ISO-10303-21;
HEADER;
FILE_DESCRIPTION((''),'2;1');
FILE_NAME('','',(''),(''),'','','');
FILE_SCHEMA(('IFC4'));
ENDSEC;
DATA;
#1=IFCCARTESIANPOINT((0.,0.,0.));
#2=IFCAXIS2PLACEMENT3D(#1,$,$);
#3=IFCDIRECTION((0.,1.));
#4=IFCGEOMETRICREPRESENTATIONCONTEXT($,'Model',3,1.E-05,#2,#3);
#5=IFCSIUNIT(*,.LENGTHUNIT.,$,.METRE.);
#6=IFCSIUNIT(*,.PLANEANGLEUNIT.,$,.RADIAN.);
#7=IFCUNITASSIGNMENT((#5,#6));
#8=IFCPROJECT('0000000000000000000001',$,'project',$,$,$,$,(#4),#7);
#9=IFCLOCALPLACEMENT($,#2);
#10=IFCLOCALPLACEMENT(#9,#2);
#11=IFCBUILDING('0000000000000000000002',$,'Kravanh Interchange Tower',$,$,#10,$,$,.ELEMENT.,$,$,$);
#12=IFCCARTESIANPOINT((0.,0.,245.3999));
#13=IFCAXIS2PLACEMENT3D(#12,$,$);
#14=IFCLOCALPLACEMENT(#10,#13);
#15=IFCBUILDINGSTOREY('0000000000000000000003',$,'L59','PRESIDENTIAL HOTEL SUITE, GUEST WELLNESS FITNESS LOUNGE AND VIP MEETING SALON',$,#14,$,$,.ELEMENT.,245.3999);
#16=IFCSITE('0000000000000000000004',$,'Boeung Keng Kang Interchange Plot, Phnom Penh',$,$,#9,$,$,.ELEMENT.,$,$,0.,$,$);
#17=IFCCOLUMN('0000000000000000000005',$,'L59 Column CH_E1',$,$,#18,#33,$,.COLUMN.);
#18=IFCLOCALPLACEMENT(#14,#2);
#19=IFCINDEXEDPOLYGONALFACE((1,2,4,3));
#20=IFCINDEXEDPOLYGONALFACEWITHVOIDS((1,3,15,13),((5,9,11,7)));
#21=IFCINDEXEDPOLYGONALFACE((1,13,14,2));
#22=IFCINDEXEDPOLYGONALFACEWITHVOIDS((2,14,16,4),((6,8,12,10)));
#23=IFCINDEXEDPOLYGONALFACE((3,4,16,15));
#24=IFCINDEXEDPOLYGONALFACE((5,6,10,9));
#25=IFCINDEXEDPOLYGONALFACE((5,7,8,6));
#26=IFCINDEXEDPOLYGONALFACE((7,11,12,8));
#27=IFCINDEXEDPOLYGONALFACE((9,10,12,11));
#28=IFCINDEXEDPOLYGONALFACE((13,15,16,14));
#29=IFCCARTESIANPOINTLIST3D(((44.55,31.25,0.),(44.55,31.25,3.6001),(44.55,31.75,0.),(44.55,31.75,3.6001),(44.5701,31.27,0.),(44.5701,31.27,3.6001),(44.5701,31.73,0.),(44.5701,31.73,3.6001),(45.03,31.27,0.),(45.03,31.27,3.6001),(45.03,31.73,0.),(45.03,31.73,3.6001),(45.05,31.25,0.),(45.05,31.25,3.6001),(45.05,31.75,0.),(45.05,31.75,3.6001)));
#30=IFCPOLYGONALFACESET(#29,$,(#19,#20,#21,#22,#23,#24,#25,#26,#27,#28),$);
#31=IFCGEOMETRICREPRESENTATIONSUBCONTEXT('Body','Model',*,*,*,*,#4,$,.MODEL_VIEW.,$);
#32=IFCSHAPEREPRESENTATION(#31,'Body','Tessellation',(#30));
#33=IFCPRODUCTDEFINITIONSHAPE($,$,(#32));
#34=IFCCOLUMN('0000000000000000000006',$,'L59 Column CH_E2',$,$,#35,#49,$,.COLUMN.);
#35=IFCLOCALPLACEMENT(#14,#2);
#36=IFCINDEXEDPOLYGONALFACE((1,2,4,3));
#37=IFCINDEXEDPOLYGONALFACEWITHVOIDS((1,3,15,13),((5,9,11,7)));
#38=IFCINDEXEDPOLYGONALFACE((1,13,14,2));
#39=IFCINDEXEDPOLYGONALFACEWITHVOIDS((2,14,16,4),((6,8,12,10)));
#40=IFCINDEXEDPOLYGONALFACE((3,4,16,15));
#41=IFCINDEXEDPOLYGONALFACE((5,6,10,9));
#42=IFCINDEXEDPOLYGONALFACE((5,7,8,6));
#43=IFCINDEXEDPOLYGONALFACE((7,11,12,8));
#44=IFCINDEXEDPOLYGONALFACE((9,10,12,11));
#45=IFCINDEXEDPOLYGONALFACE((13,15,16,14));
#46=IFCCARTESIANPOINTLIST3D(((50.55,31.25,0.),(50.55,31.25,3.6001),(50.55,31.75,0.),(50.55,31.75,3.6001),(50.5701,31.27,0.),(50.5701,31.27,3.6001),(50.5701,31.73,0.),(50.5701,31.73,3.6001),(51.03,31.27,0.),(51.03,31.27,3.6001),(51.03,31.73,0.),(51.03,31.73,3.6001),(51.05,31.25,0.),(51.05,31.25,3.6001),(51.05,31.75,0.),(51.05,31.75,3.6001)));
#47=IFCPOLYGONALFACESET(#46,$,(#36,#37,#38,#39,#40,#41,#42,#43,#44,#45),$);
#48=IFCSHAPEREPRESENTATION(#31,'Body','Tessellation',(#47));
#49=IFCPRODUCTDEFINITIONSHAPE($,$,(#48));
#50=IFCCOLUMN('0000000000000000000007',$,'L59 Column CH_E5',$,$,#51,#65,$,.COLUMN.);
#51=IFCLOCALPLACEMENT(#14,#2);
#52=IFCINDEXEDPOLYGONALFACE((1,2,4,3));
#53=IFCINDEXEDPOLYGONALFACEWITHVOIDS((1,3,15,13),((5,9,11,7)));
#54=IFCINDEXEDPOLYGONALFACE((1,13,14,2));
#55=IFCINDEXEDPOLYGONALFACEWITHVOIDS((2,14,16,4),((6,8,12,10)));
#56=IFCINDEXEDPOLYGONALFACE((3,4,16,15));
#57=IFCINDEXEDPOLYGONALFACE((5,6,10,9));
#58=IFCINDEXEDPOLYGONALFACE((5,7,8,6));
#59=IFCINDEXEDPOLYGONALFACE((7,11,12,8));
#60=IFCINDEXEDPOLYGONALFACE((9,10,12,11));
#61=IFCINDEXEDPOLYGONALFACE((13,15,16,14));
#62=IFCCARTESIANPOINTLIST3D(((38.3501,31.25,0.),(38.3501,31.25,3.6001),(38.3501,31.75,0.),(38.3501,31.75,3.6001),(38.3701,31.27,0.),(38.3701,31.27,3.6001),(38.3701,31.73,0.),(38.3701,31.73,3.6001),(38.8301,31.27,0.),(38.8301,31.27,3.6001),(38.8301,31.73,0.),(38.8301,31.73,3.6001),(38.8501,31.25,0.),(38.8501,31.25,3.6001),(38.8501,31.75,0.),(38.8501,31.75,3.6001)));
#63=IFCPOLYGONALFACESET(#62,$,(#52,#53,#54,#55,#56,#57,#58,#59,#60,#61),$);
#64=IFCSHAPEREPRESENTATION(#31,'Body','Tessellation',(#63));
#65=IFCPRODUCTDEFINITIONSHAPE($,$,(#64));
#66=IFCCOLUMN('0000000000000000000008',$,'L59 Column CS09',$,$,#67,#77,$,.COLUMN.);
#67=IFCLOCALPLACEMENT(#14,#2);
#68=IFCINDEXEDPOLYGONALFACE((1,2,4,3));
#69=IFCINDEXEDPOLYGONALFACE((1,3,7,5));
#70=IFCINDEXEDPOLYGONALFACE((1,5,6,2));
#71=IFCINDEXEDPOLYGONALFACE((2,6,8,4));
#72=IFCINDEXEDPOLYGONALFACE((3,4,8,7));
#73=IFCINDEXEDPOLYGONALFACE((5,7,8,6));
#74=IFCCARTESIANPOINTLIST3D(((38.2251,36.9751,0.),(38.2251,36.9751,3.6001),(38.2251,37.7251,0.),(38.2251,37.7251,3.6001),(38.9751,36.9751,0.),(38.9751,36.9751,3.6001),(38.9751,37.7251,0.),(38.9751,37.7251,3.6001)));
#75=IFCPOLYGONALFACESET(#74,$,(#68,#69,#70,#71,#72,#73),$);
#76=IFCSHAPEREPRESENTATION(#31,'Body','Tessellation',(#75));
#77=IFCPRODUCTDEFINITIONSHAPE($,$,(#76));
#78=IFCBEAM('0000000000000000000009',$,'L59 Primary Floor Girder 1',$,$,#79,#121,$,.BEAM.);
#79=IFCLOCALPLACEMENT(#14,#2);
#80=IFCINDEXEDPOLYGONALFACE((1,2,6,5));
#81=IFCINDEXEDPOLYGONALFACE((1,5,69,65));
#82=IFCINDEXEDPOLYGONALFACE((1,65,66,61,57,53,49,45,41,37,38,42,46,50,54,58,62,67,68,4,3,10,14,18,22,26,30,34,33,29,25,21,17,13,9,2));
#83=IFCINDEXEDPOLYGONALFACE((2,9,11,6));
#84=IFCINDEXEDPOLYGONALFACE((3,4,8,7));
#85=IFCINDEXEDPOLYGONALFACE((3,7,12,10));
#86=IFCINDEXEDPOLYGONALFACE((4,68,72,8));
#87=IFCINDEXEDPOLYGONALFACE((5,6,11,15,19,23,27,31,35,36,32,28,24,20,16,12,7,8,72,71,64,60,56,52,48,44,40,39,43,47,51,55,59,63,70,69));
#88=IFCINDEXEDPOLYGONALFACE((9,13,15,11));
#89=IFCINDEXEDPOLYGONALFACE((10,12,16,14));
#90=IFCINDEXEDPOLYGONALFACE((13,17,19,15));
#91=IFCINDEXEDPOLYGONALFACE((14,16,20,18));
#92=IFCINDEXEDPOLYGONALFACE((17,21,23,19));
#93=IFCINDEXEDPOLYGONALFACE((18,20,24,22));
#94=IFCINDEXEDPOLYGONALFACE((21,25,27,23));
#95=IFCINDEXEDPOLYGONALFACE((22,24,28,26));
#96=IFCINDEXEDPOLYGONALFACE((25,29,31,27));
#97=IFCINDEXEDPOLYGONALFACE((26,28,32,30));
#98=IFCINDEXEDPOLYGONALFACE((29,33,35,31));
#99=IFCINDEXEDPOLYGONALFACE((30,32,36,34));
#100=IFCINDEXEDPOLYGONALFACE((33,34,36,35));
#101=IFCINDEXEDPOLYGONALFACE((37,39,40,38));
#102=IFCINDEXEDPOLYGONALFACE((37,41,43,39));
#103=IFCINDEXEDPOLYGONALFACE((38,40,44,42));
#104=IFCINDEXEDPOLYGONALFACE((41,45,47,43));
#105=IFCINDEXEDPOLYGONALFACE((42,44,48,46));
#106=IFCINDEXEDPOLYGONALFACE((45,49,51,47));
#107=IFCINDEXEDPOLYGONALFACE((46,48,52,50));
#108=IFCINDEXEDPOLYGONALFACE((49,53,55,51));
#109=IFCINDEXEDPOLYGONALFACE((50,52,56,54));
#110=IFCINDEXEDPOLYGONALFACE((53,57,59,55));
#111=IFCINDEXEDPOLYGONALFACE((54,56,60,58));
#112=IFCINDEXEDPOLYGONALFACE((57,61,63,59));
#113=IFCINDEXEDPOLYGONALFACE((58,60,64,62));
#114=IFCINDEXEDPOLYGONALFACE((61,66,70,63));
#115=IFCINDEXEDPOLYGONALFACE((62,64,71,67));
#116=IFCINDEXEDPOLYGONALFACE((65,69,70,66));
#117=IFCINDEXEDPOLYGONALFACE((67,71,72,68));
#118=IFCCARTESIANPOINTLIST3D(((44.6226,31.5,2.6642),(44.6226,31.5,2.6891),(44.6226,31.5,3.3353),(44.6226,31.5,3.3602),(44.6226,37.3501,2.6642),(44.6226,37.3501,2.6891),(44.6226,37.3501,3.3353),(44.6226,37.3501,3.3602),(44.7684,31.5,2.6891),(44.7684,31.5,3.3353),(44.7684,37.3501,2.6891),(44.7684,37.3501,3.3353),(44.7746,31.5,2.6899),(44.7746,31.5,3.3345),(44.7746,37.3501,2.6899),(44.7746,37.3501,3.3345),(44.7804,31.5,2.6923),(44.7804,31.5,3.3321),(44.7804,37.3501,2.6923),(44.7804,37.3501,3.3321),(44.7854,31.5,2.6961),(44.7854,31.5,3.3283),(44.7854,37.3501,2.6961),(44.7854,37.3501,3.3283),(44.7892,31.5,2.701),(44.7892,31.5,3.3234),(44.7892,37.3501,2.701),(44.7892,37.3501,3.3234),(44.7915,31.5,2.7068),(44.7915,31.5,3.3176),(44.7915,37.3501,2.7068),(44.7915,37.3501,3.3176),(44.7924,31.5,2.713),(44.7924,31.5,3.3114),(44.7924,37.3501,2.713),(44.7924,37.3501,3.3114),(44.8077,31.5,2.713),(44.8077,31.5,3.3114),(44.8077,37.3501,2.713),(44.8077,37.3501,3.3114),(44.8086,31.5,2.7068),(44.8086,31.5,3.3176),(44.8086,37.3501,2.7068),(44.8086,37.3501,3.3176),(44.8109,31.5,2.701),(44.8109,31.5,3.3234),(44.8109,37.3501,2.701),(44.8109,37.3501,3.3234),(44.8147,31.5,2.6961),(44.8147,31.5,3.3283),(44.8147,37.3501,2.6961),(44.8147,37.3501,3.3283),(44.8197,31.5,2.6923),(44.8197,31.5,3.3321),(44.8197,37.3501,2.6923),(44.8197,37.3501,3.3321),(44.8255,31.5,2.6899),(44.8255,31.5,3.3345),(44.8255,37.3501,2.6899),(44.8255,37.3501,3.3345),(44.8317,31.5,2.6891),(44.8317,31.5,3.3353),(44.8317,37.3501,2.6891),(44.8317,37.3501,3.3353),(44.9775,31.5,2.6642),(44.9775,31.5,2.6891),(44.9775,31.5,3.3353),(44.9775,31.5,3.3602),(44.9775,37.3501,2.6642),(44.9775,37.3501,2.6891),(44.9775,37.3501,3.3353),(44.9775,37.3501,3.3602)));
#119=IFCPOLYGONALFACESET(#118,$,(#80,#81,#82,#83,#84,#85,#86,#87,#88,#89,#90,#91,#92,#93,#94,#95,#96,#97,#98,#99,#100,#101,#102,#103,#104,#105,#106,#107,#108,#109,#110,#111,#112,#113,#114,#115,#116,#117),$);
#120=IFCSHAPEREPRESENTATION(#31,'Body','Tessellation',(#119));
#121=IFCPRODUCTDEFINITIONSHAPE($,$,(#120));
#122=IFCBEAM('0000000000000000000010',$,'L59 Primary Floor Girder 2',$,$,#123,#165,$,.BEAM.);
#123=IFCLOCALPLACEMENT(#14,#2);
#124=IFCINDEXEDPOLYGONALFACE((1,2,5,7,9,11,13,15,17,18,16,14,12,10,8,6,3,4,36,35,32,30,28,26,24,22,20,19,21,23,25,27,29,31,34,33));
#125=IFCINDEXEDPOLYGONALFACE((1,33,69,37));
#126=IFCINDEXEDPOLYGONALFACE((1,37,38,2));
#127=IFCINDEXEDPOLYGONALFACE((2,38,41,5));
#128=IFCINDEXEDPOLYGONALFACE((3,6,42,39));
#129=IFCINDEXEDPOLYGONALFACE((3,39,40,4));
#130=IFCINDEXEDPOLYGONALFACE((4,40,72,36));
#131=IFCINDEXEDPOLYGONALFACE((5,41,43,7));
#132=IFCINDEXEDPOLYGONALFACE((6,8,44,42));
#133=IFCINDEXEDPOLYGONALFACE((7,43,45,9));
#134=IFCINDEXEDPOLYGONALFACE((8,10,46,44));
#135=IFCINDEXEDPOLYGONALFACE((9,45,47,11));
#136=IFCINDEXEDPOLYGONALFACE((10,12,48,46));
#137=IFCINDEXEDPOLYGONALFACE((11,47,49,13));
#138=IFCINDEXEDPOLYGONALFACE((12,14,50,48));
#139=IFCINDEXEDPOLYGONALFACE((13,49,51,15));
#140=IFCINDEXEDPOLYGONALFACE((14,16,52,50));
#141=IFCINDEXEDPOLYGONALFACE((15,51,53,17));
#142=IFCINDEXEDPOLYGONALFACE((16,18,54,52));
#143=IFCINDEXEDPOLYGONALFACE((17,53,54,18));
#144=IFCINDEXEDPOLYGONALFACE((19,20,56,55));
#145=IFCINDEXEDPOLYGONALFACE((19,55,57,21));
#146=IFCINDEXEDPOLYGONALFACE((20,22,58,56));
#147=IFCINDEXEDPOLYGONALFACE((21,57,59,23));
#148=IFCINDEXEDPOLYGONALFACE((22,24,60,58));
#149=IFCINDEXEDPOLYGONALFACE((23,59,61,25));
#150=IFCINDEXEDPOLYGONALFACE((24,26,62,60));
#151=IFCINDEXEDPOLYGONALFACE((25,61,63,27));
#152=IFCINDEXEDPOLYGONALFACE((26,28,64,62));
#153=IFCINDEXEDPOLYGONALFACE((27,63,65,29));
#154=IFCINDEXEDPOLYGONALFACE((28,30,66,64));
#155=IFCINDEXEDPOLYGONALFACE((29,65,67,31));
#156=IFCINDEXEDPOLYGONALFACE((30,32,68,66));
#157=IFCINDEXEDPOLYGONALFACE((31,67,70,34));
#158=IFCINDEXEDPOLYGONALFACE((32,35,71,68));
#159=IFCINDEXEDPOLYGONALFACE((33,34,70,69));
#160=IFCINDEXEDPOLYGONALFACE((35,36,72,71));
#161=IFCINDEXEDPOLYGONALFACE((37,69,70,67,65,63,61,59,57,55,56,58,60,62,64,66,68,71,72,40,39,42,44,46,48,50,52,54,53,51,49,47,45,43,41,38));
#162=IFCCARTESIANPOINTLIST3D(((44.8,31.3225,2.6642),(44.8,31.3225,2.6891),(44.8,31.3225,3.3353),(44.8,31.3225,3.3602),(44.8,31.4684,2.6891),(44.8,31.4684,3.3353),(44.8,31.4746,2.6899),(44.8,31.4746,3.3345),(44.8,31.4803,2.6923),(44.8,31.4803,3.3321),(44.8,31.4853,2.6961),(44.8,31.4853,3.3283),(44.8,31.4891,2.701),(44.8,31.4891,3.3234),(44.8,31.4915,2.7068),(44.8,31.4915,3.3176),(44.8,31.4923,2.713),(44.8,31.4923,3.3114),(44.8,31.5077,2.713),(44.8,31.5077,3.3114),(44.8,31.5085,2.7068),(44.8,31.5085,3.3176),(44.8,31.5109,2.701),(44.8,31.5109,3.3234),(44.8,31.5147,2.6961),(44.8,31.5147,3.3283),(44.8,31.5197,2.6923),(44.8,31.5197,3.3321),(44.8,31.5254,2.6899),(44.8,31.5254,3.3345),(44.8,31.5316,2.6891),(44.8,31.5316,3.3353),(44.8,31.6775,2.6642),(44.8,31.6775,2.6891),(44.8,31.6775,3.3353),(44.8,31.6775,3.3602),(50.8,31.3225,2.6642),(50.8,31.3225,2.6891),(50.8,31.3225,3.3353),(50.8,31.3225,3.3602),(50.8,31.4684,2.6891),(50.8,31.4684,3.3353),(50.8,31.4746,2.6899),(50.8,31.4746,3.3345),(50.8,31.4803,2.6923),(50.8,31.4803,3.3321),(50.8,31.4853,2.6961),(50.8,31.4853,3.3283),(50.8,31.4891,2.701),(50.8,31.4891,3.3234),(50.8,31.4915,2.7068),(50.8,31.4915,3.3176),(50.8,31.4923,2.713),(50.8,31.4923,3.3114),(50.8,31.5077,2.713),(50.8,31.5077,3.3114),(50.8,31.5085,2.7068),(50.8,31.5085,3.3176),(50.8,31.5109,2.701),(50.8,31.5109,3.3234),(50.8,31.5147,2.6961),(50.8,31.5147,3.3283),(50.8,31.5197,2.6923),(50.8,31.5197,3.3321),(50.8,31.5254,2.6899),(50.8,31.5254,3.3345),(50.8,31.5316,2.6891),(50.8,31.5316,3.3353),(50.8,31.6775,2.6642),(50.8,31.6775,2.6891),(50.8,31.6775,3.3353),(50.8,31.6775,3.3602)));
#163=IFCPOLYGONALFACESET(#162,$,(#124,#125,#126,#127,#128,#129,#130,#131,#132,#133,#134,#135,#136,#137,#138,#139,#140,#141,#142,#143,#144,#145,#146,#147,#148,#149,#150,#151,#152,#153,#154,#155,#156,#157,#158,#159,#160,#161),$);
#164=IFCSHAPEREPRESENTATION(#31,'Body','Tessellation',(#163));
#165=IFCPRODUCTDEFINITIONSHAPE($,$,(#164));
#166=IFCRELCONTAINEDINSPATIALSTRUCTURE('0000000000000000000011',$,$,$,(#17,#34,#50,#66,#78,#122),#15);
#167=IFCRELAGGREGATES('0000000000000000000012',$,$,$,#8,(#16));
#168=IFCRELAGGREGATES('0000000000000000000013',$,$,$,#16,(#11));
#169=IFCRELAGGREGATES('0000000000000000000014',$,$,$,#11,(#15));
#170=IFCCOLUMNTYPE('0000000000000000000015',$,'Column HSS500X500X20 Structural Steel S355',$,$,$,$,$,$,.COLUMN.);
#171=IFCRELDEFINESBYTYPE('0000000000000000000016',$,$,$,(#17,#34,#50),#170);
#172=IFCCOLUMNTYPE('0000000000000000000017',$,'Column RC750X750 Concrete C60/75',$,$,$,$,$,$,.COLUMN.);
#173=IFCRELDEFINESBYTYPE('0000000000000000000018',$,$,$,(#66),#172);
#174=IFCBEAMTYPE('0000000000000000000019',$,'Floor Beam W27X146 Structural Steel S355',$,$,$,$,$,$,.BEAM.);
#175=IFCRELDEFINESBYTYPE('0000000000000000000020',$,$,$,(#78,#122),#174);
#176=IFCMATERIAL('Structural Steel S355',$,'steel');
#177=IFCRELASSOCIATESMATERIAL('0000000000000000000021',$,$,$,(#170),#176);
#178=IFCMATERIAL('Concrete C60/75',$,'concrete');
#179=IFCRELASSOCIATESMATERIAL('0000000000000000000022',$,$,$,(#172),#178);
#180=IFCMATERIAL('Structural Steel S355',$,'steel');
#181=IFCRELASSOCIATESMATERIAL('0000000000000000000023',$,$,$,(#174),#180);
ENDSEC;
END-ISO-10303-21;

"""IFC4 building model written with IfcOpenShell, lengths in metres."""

from ifc_helpers import new_model, si_unit, direction, frame, origin, origin_2d, place, context, subcontext, project, spatial, rectangle, hollow_rectangle, i_section, extrude, material, material_profile, profile_set, type_object, element, save


model = new_model("IFC4")

# Units and contexts
model_context = context("Model", 3, precision=1e-05, world=origin(), true_north=direction((0.0, 1.0)))
body_context = subcontext(model_context, "Body", "Model", "MODEL_VIEW")
ifc_project = project(units=[si_unit("LENGTHUNIT", "METRE"), si_unit("PLANEANGLEUNIT", "RADIAN")], contexts=[model_context])

# Site, building, storey
site_placement = place(None, origin())
site = spatial("IfcSite", under=ifc_project, at=site_placement, Name="Boeung Keng Kang Interchange Plot, Phnom Penh", CompositionType="ELEMENT", RefElevation=0.0)
building_placement = place(site_placement, origin())
building = spatial("IfcBuilding", under=site, at=building_placement, Name="Kravanh Interchange Tower", CompositionType="ELEMENT")
storey_placement = place(building_placement, frame((0.0, 0.0, 245.3999)))
storey = spatial("IfcBuildingStorey", under=building, at=storey_placement, Name="L59", Description="PRESIDENTIAL HOTEL SUITE, GUEST WELLNESS FITNESS LOUNGE AND VIP MEETING SALON", CompositionType="ELEMENT", Elevation=245.3999)

# Columns
ifc_material_1 = material(Name="Structural Steel S355", Category="steel")
ifc_material_profile_1 = material_profile(ifc_material_1, hollow_rectangle(XDim=0.5, YDim=0.5, WallThickness=0.02, at=origin_2d()), Name="HSS500X500X20")
ifc_profile_set_1 = profile_set([ifc_material_profile_1], Name="Structural Steel S355")
column_type_1 = type_object("IfcColumnType", Name="Column HSS500X500X20 Structural Steel S355", PredefinedType="COLUMN", material=ifc_profile_set_1)
for number, where, z_axis, x_axis, name in (
    (1, (44.8, 31.5, 0.0), (0.0, 0.0, 1.0), (1.0, 0.0, 0.0), "L59 Column CH_E1"),
    (2, (50.8, 31.5, 0.0), (0.0, 0.0, 1.0), (1.0, 0.0, 0.0), "L59 Column CH_E2"),
    (3, (38.6001, 31.5, 0.0), (0.0, 0.0, 1.0), (1.0, 0.0, 0.0), "L59 Column CH_E5"),
):
    element("IfcColumn", number, at=place(storey_placement, frame(where, z_axis=z_axis, x_axis=x_axis)), inside=storey, type_object=column_type_1, Name=name, PredefinedType="COLUMN", context=body_context, shape_type="SweptSolid", body=[
        extrude(hollow_rectangle(XDim=0.5, YDim=0.5, WallThickness=0.02, at=origin_2d()), origin(), (0.0, 0.0, 1.0), 3.6001),
    ])
ifc_material_2 = material(Name="Concrete C60/75", Category="concrete")
ifc_material_profile_2 = material_profile(ifc_material_2, rectangle(XDim=0.75, YDim=0.75, at=origin_2d()), Name="RC750X750")
ifc_profile_set_2 = profile_set([ifc_material_profile_2], Name="Concrete C60/75")
column_type_2 = type_object("IfcColumnType", Name="Column RC750X750 Concrete C60/75", PredefinedType="COLUMN", material=ifc_profile_set_2)
column_placement = place(storey_placement, frame((38.6001, 37.3501, 0.0), z_axis=(0.0, 0.0, 1.0), x_axis=(1.0, 0.0, 0.0)))
element("IfcColumn", 4, at=column_placement, inside=storey, type_object=column_type_2, Name="L59 Column CS09", PredefinedType="COLUMN", context=body_context, shape_type="SweptSolid", body=[
    extrude(rectangle(XDim=0.75, YDim=0.75, at=origin_2d()), origin(), (0.0, 0.0, 1.0), 3.6001),
])

# Beams
ifc_material_3 = material(Name="Structural Steel S355", Category="steel")
ifc_material_profile_3 = material_profile(ifc_material_3, i_section(OverallWidth=0.355, OverallDepth=0.696, WebThickness=0.0154, FlangeThickness=0.0249, FilletRadius=0.0239, at=origin_2d()), Name="W27X146")
ifc_profile_set_3 = profile_set([ifc_material_profile_3], Name="Structural Steel S355")
beam_type_1 = type_object("IfcBeamType", Name="Floor Beam W27X146 Structural Steel S355", PredefinedType="BEAM", material=ifc_profile_set_3)
beam_1_placement = place(storey_placement, frame((44.8, 31.5, 3.0122), z_axis=(0.0, 1.0, 0.0), x_axis=(-1.0, 0.0, 0.0)))
element("IfcBeam", 5, at=beam_1_placement, inside=storey, type_object=beam_type_1, Name="L59 Primary Floor Girder 1", PredefinedType="BEAM", context=body_context, shape_type="SweptSolid", body=[
    extrude(i_section(OverallWidth=0.355, OverallDepth=0.696, WebThickness=0.0154, FlangeThickness=0.0249, FilletRadius=0.0239, at=origin_2d()), origin(), (0.0, 0.0, 1.0), 5.8501),
])
beam_2_placement = place(storey_placement, frame((44.8, 31.5, 3.0122), z_axis=(1.0, 0.0, 0.0), x_axis=(0.0, 1.0, 0.0)))
element("IfcBeam", 6, at=beam_2_placement, inside=storey, type_object=beam_type_1, Name="L59 Primary Floor Girder 2", PredefinedType="BEAM", context=body_context, shape_type="SweptSolid", body=[
    extrude(i_section(OverallWidth=0.355, OverallDepth=0.696, WebThickness=0.0154, FlangeThickness=0.0249, FilletRadius=0.0239, at=origin_2d()), origin(), (0.0, 0.0, 1.0), 6.0),
])

save(model, "model.ifc")
